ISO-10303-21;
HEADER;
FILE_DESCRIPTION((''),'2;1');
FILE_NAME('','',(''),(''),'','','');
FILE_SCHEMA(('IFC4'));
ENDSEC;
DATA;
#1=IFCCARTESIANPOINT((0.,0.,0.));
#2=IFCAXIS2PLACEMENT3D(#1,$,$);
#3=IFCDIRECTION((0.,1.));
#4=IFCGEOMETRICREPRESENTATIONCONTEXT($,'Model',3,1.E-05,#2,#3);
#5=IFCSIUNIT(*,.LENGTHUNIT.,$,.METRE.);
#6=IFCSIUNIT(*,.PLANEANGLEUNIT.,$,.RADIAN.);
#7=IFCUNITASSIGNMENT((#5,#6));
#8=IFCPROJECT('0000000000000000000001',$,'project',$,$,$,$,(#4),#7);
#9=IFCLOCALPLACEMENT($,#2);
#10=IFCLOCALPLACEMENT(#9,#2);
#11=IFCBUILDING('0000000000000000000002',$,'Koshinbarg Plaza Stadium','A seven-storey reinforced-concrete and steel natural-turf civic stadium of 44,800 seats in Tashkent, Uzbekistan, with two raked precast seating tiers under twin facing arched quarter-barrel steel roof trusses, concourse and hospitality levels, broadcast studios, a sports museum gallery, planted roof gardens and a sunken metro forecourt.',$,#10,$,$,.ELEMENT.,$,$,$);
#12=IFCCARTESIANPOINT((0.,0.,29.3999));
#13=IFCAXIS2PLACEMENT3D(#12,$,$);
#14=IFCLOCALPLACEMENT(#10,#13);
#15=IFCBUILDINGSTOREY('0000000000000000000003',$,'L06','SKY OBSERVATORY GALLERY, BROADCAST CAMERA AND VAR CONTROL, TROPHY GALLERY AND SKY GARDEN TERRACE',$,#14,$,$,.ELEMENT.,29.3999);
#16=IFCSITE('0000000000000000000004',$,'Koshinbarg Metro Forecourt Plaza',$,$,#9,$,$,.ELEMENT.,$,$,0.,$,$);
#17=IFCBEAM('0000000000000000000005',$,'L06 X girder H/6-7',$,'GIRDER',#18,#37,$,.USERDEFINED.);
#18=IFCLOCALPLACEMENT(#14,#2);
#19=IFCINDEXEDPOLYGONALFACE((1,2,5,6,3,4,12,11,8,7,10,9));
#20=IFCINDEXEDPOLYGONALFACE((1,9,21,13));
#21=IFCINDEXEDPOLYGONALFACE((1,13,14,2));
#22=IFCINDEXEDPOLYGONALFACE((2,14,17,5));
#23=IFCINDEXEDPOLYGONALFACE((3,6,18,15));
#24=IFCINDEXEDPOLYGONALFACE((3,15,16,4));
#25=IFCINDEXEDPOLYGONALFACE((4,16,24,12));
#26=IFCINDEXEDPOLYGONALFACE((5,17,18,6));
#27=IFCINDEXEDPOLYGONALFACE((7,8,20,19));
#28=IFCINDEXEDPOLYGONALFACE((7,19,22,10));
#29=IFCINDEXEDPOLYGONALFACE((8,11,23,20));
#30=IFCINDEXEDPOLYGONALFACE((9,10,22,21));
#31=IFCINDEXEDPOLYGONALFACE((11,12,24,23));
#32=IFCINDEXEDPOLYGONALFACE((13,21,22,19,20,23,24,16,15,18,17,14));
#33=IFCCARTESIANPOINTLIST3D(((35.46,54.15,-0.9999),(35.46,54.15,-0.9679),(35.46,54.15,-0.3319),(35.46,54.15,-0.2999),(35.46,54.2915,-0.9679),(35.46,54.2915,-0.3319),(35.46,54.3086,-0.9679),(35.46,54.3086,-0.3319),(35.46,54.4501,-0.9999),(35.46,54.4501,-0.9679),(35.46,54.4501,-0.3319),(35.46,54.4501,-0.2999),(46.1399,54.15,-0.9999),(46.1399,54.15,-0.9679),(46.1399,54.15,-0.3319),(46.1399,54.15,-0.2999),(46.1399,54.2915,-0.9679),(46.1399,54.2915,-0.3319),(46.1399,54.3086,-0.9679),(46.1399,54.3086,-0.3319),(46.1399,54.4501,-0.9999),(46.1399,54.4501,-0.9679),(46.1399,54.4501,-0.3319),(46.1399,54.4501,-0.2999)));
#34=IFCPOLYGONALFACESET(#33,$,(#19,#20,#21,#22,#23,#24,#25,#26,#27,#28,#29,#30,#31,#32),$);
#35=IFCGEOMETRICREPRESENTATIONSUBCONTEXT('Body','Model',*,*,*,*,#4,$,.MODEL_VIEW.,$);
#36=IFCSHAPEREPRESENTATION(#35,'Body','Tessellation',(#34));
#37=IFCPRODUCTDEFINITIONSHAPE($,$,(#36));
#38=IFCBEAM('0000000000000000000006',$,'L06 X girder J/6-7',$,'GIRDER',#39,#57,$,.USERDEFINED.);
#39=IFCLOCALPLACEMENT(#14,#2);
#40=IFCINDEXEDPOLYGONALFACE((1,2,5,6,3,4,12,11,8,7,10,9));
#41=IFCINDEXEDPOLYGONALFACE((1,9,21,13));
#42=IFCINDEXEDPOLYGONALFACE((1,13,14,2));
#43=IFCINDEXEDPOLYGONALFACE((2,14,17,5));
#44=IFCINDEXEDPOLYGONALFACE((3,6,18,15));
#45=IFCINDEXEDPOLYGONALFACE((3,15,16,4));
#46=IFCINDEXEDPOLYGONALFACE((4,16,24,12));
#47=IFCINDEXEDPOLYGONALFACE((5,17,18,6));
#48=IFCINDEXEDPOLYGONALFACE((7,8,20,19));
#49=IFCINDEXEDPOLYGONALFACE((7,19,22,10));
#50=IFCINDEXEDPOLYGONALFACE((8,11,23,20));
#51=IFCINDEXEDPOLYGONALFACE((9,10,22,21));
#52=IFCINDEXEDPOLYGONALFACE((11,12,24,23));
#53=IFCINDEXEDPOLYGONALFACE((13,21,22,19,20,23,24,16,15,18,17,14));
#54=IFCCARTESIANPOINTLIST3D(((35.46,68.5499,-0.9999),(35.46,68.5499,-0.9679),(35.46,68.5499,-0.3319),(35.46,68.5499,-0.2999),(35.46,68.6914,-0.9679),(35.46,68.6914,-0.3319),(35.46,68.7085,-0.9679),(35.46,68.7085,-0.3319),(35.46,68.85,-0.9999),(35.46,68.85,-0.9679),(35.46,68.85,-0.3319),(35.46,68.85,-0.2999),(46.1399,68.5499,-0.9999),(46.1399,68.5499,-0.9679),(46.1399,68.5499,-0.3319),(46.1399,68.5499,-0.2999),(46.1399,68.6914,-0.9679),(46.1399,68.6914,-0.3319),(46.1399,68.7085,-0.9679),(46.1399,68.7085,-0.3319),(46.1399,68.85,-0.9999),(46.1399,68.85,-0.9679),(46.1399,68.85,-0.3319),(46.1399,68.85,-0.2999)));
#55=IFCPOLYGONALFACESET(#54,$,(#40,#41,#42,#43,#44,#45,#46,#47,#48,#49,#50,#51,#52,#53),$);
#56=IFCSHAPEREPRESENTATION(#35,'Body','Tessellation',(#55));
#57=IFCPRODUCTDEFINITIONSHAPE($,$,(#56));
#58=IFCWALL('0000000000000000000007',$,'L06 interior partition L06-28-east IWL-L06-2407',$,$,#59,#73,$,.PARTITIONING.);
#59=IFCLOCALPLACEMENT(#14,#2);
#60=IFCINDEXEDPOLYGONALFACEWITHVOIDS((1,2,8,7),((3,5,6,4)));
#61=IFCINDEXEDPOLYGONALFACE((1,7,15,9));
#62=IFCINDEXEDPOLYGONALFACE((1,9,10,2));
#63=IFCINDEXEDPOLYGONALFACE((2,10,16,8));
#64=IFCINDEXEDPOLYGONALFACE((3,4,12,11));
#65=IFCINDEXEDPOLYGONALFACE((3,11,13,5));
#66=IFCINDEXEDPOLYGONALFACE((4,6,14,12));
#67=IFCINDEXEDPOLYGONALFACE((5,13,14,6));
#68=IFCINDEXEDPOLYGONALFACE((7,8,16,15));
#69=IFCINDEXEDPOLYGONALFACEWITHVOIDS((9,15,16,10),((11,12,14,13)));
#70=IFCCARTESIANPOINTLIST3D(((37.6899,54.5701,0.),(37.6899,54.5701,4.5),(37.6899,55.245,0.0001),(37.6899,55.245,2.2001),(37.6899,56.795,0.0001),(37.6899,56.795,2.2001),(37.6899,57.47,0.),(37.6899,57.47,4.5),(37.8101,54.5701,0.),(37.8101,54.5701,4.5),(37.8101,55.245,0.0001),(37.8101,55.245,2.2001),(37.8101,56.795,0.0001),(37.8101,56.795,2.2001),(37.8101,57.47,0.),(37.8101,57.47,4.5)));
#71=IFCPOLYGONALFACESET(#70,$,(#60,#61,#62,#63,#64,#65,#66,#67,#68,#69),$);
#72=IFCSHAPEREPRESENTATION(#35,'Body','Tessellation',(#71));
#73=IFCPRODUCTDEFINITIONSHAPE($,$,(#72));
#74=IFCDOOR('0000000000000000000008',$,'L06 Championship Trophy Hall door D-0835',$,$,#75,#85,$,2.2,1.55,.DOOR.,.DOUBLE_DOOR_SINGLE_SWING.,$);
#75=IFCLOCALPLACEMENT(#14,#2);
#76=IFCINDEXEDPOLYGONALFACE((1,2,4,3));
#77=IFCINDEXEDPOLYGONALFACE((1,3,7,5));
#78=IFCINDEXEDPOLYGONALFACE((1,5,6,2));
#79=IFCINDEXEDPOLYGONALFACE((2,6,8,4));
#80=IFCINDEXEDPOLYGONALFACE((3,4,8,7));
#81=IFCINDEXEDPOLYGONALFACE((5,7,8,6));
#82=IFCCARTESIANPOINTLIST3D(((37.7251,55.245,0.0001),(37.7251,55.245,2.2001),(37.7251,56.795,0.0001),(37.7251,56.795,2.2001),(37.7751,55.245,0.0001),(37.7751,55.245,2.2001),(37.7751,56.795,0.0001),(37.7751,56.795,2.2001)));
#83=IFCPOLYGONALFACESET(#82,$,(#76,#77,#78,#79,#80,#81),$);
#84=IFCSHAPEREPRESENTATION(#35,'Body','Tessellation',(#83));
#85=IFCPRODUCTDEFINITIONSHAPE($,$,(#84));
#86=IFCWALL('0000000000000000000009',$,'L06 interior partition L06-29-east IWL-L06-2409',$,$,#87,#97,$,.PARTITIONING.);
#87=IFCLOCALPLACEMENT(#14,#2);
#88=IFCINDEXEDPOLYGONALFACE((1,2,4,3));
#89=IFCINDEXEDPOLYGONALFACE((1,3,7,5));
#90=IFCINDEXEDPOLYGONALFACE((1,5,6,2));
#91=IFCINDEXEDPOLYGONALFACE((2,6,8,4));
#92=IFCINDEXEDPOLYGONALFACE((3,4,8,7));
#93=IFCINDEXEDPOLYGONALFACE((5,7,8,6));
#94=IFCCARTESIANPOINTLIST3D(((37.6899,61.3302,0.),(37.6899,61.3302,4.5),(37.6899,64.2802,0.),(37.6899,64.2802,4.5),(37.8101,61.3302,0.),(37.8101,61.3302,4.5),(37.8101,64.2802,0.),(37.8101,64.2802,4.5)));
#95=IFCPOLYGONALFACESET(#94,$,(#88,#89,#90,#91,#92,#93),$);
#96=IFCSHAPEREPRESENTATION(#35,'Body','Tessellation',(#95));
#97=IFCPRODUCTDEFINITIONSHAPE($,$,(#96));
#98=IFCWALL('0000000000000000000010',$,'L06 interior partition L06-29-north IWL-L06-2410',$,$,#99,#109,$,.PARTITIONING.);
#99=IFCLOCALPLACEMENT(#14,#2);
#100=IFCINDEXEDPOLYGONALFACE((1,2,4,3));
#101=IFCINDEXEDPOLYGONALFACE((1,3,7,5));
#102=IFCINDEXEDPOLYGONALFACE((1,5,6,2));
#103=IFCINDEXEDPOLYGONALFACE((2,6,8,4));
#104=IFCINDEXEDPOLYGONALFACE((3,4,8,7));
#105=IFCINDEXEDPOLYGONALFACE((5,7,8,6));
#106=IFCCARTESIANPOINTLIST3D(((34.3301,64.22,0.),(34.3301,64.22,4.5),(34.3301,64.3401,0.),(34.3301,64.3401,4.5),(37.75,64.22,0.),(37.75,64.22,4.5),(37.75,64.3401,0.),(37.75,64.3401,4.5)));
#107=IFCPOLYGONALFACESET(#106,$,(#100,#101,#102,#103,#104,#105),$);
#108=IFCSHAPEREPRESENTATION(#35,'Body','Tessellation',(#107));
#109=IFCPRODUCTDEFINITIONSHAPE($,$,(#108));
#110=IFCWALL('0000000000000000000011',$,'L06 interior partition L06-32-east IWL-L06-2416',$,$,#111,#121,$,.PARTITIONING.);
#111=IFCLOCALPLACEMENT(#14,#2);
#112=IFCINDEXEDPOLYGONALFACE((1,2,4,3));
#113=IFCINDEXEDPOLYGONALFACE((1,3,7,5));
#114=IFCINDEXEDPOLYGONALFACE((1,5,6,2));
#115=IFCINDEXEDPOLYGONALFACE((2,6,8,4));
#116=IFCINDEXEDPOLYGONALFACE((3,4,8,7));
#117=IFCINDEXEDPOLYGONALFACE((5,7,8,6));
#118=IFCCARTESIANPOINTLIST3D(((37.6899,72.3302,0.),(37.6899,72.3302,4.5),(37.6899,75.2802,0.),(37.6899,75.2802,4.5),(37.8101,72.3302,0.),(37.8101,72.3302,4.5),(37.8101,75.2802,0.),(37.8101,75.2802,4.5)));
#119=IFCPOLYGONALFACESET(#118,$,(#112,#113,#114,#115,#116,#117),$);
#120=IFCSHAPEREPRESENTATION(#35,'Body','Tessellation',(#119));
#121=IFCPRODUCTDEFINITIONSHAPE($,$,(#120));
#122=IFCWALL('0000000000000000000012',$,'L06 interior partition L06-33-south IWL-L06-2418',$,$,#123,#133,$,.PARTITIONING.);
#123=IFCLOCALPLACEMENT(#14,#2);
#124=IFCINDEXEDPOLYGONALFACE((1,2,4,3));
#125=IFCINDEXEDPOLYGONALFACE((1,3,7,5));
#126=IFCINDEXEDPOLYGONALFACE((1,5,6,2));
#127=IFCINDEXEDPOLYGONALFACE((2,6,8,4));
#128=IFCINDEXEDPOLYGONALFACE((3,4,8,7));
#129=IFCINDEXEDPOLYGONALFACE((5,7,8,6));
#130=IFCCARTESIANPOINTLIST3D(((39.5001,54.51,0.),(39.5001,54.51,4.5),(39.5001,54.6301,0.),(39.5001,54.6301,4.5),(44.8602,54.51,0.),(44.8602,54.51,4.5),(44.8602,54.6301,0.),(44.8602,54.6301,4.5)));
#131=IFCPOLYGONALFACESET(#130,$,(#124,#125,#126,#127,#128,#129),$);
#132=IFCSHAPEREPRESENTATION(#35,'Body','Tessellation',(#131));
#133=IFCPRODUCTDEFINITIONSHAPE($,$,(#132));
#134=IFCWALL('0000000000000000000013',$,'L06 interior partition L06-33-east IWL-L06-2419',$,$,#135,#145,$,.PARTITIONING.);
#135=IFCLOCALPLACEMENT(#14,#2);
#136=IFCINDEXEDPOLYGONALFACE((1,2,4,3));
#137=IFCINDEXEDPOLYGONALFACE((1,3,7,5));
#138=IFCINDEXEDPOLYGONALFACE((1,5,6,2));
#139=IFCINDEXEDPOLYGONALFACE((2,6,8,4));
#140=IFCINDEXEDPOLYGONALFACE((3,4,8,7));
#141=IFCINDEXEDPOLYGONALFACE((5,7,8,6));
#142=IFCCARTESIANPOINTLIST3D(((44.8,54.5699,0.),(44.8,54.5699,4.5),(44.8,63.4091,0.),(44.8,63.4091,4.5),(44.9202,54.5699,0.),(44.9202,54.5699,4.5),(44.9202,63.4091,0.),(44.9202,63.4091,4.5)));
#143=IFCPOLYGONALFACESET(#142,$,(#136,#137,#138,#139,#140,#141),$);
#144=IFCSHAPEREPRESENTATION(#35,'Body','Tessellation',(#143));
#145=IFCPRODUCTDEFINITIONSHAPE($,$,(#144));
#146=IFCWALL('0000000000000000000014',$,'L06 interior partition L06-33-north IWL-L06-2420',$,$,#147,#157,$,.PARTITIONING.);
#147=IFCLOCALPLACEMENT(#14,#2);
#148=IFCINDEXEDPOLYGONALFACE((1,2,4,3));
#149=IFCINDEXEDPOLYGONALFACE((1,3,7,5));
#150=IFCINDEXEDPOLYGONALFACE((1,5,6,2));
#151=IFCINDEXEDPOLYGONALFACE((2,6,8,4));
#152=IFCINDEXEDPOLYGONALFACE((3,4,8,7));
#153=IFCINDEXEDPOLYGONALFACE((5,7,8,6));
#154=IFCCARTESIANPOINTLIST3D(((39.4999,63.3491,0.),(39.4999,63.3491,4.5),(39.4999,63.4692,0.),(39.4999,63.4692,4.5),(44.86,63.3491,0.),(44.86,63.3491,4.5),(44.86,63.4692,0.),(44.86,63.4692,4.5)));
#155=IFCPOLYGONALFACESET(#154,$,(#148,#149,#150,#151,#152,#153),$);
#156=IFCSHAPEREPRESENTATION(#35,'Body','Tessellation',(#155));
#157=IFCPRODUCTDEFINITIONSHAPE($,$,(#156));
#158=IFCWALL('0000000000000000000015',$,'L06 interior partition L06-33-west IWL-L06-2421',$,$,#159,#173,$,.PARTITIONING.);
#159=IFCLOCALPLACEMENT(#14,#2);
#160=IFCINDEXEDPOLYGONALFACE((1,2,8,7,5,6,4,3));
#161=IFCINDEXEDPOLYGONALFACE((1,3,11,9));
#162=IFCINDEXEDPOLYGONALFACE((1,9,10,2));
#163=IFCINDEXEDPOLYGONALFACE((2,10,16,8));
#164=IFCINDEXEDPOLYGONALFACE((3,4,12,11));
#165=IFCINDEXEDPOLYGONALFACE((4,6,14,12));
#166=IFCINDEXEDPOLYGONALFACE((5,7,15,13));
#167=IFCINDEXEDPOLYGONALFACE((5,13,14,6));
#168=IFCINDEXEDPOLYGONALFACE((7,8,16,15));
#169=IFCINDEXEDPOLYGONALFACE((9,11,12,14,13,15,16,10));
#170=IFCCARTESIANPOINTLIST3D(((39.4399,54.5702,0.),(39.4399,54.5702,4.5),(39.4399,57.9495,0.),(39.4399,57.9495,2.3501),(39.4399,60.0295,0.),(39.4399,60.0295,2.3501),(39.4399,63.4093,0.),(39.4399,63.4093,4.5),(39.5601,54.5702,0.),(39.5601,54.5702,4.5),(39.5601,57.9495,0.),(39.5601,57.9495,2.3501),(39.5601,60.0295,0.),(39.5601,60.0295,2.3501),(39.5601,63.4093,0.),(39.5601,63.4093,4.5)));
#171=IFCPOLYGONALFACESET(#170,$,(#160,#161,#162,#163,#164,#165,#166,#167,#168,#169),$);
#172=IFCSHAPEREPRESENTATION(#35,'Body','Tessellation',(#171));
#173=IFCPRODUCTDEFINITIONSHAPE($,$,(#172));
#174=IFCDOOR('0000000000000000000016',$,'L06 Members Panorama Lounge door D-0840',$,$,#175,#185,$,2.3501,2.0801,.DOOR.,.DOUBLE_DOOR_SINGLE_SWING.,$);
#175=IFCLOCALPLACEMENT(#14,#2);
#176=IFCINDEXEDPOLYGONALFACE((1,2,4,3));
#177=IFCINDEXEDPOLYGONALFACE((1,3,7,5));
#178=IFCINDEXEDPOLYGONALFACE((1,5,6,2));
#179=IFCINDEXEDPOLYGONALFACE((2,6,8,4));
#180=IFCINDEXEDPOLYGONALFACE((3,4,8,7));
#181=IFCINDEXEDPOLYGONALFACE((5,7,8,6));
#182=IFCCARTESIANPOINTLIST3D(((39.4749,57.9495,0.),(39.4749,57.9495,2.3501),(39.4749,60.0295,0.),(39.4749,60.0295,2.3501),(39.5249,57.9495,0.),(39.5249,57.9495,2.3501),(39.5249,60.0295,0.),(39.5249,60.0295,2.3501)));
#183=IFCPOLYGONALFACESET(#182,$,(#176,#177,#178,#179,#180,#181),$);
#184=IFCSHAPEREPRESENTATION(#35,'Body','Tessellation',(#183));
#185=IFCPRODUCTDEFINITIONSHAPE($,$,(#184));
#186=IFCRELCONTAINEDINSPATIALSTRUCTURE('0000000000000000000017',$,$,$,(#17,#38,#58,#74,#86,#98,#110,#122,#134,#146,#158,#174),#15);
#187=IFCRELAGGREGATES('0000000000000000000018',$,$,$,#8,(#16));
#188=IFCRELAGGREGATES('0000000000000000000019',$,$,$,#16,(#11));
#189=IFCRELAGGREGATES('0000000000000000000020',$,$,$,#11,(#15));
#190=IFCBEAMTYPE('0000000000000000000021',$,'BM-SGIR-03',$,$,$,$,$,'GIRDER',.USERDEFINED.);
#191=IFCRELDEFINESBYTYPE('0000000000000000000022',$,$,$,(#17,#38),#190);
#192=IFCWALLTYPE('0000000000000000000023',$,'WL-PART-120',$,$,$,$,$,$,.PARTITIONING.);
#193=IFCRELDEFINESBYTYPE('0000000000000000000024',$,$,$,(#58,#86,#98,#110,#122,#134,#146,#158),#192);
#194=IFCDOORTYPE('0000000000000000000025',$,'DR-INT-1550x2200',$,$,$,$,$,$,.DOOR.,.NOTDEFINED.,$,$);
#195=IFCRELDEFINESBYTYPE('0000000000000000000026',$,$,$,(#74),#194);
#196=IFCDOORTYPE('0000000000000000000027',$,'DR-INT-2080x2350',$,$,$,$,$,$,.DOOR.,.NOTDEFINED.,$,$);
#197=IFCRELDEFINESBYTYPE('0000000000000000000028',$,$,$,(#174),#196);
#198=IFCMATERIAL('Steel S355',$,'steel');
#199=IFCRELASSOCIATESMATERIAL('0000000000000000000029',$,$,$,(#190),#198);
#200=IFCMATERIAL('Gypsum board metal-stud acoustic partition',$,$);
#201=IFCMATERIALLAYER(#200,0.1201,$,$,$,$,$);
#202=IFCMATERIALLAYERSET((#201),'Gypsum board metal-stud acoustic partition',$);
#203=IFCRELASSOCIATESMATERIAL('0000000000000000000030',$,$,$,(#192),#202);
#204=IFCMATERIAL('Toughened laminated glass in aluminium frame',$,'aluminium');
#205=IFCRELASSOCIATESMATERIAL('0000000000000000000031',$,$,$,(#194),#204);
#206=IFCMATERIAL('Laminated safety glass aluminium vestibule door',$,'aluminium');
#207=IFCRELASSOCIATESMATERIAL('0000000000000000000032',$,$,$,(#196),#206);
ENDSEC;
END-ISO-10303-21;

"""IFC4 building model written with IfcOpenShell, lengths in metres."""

from ifc_helpers import new_model, si_unit, direction, frame, frame_2d, origin, origin_2d, place, context, subcontext, project, spatial, rectangle, i_section, extrude, material, layer, layer_set, material_profile, profile_set, type_object, element, fill, save


model = new_model("IFC4")

# Units and contexts
model_context = context("Model", 3, precision=1e-05, world=origin(), true_north=direction((0.0, 1.0)))
body_context = subcontext(model_context, "Body", "Model", "MODEL_VIEW")
ifc_project = project(units=[si_unit("LENGTHUNIT", "METRE"), si_unit("PLANEANGLEUNIT", "RADIAN")], contexts=[model_context])

# Site, building, storey
site_placement = place(None, origin())
site = spatial("IfcSite", under=ifc_project, at=site_placement, Name="Koshinbarg Metro Forecourt Plaza", CompositionType="ELEMENT", RefElevation=0.0)
building_placement = place(site_placement, origin())
building = spatial("IfcBuilding", under=site, at=building_placement, Name="Koshinbarg Plaza Stadium", Description="A seven-storey reinforced-concrete and steel natural-turf civic stadium of 44,800 seats in Tashkent, Uzbekistan, with two raked precast seating tiers under twin facing arched quarter-barrel steel roof trusses, concourse and hospitality levels, broadcast studios, a sports museum gallery, planted roof gardens and a sunken metro forecourt.", CompositionType="ELEMENT")
storey_placement = place(building_placement, frame((0.0, 0.0, 29.3999)))
storey = spatial("IfcBuildingStorey", under=building, at=storey_placement, Name="L06", Description="SKY OBSERVATORY GALLERY, BROADCAST CAMERA AND VAR CONTROL, TROPHY GALLERY AND SKY GARDEN TERRACE", CompositionType="ELEMENT", Elevation=29.3999)

# Beams
ifc_material_1 = material(Name="Steel S355", Category="steel")
ifc_material_profile = material_profile(ifc_material_1, i_section(OverallWidth=0.3, OverallDepth=0.7, WebThickness=0.0171, FlangeThickness=0.032, at=origin_2d()), Name="HEB 700")
ifc_profile_set = profile_set([ifc_material_profile], Name="Steel S355")
beam_type = type_object("IfcBeamType", Name="BM-SGIR-03", ElementType="GIRDER", PredefinedType="USERDEFINED", material=ifc_profile_set)
for number, where, z_axis, x_axis, name in (
    (1, (35.46, 54.3, -0.6499), (1.0, 0.0, 0.0), (0.0, 1.0, 0.0), "L06 X girder H/6-7"),
    (2, (35.46, 68.7, -0.6499), (1.0, 0.0, 0.0), (0.0, 1.0, 0.0), "L06 X girder J/6-7"),
):
    element("IfcBeam", number, at=place(storey_placement, frame(where, z_axis=z_axis, x_axis=x_axis)), inside=storey, type_object=beam_type, Name=name, ObjectType="GIRDER", PredefinedType="USERDEFINED", context=body_context, shape_type="SweptSolid", body=[
        extrude(i_section(OverallWidth=0.3, OverallDepth=0.7, WebThickness=0.0171, FlangeThickness=0.032, at=origin_2d()), origin(), (0.0, 0.0, 1.0), 10.6799),
    ])

# Wall, opening, door
ifc_material_2 = material(Name="Gypsum board metal-stud acoustic partition")
ifc_layer_1 = layer(ifc_material_2, 0.1201)
ifc_layer_set_1 = layer_set([ifc_layer_1], Name="Gypsum board metal-stud acoustic partition")
wall_type_1 = type_object("IfcWallType", Name="WL-PART-120", PredefinedType="PARTITIONING", material=ifc_layer_set_1)
wall_1_placement = place(storey_placement, frame((37.75, 54.5701, 0.0), z_axis=(0.0, 0.0, 1.0), x_axis=(0.0, 1.0, 0.0)))
wall_1 = element("IfcWall", 3, at=wall_1_placement, inside=storey, type_object=wall_type_1, Name="L06 interior partition L06-28-east IWL-L06-2407", PredefinedType="PARTITIONING", context=body_context, shape_type="SweptSolid", body=[
    extrude(rectangle(XDim=2.8999, YDim=0.1201, at=frame_2d((1.45, 0.0))), origin(), (0.0, 0.0, 1.0), 4.5),
])
opening_1_placement = place(wall_1_placement, frame((0.675, 0.0, 0.0)))
opening_1 = element("IfcOpeningElement", 4, at=opening_1_placement, cuts=wall_1, PredefinedType="OPENING", context=body_context, shape_type="SweptSolid", body=[
    extrude(rectangle(XDim=1.55, YDim=2.2, at=frame_2d((0.7749, 1.1001))), frame((0.0, 0.0701, 0.0), z_axis=(0.0, -1.0, 0.0), x_axis=(1.0, 0.0, 0.0)), (0.0, 0.0, 1.0), 0.1401),
])
ifc_material_3 = material(Name="Toughened laminated glass in aluminium frame", Category="aluminium")
door_type_1 = type_object("IfcDoorType", Name="DR-INT-1550x2200", OperationType="NOTDEFINED", PredefinedType="DOOR", material=ifc_material_3)
door_1_placement = place(opening_1_placement, origin())
door_1 = element("IfcDoor", 5, at=door_1_placement, inside=storey, type_object=door_type_1, Name="L06 Championship Trophy Hall door D-0835", OperationType="DOUBLE_DOOR_SINGLE_SWING", OverallHeight=2.2, OverallWidth=1.55, PredefinedType="DOOR", context=body_context, shape_type="SweptSolid", body=[
    extrude(rectangle(XDim=1.55, YDim=2.2, at=frame_2d((0.7749, 1.1001))), frame((0.0, 0.0249, 0.0), z_axis=(0.0, -1.0, 0.0), x_axis=(1.0, 0.0, 0.0)), (0.0, 0.0, 1.0), 0.05),
])
fill(opening_1, door_1)

# Walls
wall_2_placement = place(storey_placement, frame((37.75, 61.3301, 0.0), z_axis=(0.0, 0.0, 1.0), x_axis=(0.0, 1.0, 0.0)))
element("IfcWall", 6, at=wall_2_placement, inside=storey, type_object=wall_type_1, Name="L06 interior partition L06-29-east IWL-L06-2409", PredefinedType="PARTITIONING", context=body_context, shape_type="SweptSolid", body=[
    extrude(rectangle(XDim=2.95, YDim=0.1201, at=frame_2d((1.4751, 0.0))), origin(), (0.0, 0.0, 1.0), 4.5),
])
wall_3_placement = place(storey_placement, frame((37.75, 64.28, 0.0), z_axis=(0.0, 0.0, 1.0), x_axis=(-1.0, 0.0, 0.0)))
element("IfcWall", 7, at=wall_3_placement, inside=storey, type_object=wall_type_1, Name="L06 interior partition L06-29-north IWL-L06-2410", PredefinedType="PARTITIONING", context=body_context, shape_type="SweptSolid", body=[
    extrude(rectangle(XDim=3.4199, YDim=0.1201, at=frame_2d((1.71, 0.0))), origin(), (0.0, 0.0, 1.0), 4.5),
])
wall_4_placement = place(storey_placement, frame((37.75, 72.3301, 0.0), z_axis=(0.0, 0.0, 1.0), x_axis=(0.0, 1.0, 0.0)))
element("IfcWall", 8, at=wall_4_placement, inside=storey, type_object=wall_type_1, Name="L06 interior partition L06-32-east IWL-L06-2416", PredefinedType="PARTITIONING", context=body_context, shape_type="SweptSolid", body=[
    extrude(rectangle(XDim=2.95, YDim=0.1201, at=frame_2d((1.4751, 0.0))), origin(), (0.0, 0.0, 1.0), 4.5),
])
wall_5_placement = place(storey_placement, frame((39.5, 54.5701, 0.0), z_axis=(0.0, 0.0, 1.0), x_axis=(1.0, 0.0, 0.0)))
element("IfcWall", 9, at=wall_5_placement, inside=storey, type_object=wall_type_1, Name="L06 interior partition L06-33-south IWL-L06-2418", PredefinedType="PARTITIONING", context=body_context, shape_type="SweptSolid", body=[
    extrude(rectangle(XDim=5.3601, YDim=0.1201, at=frame_2d((2.6802, 0.0))), origin(), (0.0, 0.0, 1.0), 4.5),
])
wall_6_placement = place(storey_placement, frame((44.8601, 54.5701, 0.0), z_axis=(0.0, 0.0, 1.0), x_axis=(0.0, 1.0, 0.0)))
element("IfcWall", 10, at=wall_6_placement, inside=storey, type_object=wall_type_1, Name="L06 interior partition L06-33-east IWL-L06-2419", PredefinedType="PARTITIONING", context=body_context, shape_type="SweptSolid", body=[
    extrude(rectangle(XDim=8.8391, YDim=0.1201, at=frame_2d((4.4194, 0.0))), origin(), (0.0, 0.0, 1.0), 4.5),
])
wall_7_placement = place(storey_placement, frame((44.8601, 63.4092, 0.0), z_axis=(0.0, 0.0, 1.0), x_axis=(-1.0, 0.0, 0.0)))
element("IfcWall", 11, at=wall_7_placement, inside=storey, type_object=wall_type_1, Name="L06 interior partition L06-33-north IWL-L06-2420", PredefinedType="PARTITIONING", context=body_context, shape_type="SweptSolid", body=[
    extrude(rectangle(XDim=5.3601, YDim=0.1201, at=frame_2d((2.6802, 0.0))), origin(), (0.0, 0.0, 1.0), 4.5),
])

# Wall, opening, door
wall_8_placement = place(storey_placement, frame((39.5, 63.4092, 0.0), z_axis=(0.0, 0.0, 1.0), x_axis=(0.0, -1.0, 0.0)))
wall_8 = element("IfcWall", 12, at=wall_8_placement, inside=storey, type_object=wall_type_1, Name="L06 interior partition L06-33-west IWL-L06-2421", PredefinedType="PARTITIONING", context=body_context, shape_type="SweptSolid", body=[
    extrude(rectangle(XDim=8.8391, YDim=0.1201, at=frame_2d((4.4194, 0.0))), origin(), (0.0, 0.0, 1.0), 4.5),
])
opening_2_placement = place(wall_8_placement, frame((3.3796, 0.0, 0.0)))
opening_2 = element("IfcOpeningElement", 13, at=opening_2_placement, cuts=wall_8, PredefinedType="OPENING", context=body_context, shape_type="SweptSolid", body=[
    extrude(rectangle(XDim=2.0801, YDim=2.3501, at=frame_2d((1.04, 1.175))), frame((0.0, 0.0701, 0.0), z_axis=(0.0, -1.0, 0.0), x_axis=(1.0, 0.0, 0.0)), (0.0, 0.0, 1.0), 0.1401),
])
ifc_material_4 = material(Name="Laminated safety glass aluminium vestibule door", Category="aluminium")
door_type_2 = type_object("IfcDoorType", Name="DR-INT-2080x2350", OperationType="NOTDEFINED", PredefinedType="DOOR", material=ifc_material_4)
door_2_placement = place(opening_2_placement, origin())
door_2 = element("IfcDoor", 14, at=door_2_placement, inside=storey, type_object=door_type_2, Name="L06 Members Panorama Lounge door D-0840", OperationType="DOUBLE_DOOR_SINGLE_SWING", OverallHeight=2.3501, OverallWidth=2.0801, PredefinedType="DOOR", context=body_context, shape_type="SweptSolid", body=[
    extrude(rectangle(XDim=2.0801, YDim=2.3501, at=frame_2d((1.04, 1.175))), frame((0.0, 0.0249, 0.0), z_axis=(0.0, -1.0, 0.0), x_axis=(1.0, 0.0, 0.0)), (0.0, 0.0, 1.0), 0.05),
])
fill(opening_2, door_2)

save(model, "model.ifc")
